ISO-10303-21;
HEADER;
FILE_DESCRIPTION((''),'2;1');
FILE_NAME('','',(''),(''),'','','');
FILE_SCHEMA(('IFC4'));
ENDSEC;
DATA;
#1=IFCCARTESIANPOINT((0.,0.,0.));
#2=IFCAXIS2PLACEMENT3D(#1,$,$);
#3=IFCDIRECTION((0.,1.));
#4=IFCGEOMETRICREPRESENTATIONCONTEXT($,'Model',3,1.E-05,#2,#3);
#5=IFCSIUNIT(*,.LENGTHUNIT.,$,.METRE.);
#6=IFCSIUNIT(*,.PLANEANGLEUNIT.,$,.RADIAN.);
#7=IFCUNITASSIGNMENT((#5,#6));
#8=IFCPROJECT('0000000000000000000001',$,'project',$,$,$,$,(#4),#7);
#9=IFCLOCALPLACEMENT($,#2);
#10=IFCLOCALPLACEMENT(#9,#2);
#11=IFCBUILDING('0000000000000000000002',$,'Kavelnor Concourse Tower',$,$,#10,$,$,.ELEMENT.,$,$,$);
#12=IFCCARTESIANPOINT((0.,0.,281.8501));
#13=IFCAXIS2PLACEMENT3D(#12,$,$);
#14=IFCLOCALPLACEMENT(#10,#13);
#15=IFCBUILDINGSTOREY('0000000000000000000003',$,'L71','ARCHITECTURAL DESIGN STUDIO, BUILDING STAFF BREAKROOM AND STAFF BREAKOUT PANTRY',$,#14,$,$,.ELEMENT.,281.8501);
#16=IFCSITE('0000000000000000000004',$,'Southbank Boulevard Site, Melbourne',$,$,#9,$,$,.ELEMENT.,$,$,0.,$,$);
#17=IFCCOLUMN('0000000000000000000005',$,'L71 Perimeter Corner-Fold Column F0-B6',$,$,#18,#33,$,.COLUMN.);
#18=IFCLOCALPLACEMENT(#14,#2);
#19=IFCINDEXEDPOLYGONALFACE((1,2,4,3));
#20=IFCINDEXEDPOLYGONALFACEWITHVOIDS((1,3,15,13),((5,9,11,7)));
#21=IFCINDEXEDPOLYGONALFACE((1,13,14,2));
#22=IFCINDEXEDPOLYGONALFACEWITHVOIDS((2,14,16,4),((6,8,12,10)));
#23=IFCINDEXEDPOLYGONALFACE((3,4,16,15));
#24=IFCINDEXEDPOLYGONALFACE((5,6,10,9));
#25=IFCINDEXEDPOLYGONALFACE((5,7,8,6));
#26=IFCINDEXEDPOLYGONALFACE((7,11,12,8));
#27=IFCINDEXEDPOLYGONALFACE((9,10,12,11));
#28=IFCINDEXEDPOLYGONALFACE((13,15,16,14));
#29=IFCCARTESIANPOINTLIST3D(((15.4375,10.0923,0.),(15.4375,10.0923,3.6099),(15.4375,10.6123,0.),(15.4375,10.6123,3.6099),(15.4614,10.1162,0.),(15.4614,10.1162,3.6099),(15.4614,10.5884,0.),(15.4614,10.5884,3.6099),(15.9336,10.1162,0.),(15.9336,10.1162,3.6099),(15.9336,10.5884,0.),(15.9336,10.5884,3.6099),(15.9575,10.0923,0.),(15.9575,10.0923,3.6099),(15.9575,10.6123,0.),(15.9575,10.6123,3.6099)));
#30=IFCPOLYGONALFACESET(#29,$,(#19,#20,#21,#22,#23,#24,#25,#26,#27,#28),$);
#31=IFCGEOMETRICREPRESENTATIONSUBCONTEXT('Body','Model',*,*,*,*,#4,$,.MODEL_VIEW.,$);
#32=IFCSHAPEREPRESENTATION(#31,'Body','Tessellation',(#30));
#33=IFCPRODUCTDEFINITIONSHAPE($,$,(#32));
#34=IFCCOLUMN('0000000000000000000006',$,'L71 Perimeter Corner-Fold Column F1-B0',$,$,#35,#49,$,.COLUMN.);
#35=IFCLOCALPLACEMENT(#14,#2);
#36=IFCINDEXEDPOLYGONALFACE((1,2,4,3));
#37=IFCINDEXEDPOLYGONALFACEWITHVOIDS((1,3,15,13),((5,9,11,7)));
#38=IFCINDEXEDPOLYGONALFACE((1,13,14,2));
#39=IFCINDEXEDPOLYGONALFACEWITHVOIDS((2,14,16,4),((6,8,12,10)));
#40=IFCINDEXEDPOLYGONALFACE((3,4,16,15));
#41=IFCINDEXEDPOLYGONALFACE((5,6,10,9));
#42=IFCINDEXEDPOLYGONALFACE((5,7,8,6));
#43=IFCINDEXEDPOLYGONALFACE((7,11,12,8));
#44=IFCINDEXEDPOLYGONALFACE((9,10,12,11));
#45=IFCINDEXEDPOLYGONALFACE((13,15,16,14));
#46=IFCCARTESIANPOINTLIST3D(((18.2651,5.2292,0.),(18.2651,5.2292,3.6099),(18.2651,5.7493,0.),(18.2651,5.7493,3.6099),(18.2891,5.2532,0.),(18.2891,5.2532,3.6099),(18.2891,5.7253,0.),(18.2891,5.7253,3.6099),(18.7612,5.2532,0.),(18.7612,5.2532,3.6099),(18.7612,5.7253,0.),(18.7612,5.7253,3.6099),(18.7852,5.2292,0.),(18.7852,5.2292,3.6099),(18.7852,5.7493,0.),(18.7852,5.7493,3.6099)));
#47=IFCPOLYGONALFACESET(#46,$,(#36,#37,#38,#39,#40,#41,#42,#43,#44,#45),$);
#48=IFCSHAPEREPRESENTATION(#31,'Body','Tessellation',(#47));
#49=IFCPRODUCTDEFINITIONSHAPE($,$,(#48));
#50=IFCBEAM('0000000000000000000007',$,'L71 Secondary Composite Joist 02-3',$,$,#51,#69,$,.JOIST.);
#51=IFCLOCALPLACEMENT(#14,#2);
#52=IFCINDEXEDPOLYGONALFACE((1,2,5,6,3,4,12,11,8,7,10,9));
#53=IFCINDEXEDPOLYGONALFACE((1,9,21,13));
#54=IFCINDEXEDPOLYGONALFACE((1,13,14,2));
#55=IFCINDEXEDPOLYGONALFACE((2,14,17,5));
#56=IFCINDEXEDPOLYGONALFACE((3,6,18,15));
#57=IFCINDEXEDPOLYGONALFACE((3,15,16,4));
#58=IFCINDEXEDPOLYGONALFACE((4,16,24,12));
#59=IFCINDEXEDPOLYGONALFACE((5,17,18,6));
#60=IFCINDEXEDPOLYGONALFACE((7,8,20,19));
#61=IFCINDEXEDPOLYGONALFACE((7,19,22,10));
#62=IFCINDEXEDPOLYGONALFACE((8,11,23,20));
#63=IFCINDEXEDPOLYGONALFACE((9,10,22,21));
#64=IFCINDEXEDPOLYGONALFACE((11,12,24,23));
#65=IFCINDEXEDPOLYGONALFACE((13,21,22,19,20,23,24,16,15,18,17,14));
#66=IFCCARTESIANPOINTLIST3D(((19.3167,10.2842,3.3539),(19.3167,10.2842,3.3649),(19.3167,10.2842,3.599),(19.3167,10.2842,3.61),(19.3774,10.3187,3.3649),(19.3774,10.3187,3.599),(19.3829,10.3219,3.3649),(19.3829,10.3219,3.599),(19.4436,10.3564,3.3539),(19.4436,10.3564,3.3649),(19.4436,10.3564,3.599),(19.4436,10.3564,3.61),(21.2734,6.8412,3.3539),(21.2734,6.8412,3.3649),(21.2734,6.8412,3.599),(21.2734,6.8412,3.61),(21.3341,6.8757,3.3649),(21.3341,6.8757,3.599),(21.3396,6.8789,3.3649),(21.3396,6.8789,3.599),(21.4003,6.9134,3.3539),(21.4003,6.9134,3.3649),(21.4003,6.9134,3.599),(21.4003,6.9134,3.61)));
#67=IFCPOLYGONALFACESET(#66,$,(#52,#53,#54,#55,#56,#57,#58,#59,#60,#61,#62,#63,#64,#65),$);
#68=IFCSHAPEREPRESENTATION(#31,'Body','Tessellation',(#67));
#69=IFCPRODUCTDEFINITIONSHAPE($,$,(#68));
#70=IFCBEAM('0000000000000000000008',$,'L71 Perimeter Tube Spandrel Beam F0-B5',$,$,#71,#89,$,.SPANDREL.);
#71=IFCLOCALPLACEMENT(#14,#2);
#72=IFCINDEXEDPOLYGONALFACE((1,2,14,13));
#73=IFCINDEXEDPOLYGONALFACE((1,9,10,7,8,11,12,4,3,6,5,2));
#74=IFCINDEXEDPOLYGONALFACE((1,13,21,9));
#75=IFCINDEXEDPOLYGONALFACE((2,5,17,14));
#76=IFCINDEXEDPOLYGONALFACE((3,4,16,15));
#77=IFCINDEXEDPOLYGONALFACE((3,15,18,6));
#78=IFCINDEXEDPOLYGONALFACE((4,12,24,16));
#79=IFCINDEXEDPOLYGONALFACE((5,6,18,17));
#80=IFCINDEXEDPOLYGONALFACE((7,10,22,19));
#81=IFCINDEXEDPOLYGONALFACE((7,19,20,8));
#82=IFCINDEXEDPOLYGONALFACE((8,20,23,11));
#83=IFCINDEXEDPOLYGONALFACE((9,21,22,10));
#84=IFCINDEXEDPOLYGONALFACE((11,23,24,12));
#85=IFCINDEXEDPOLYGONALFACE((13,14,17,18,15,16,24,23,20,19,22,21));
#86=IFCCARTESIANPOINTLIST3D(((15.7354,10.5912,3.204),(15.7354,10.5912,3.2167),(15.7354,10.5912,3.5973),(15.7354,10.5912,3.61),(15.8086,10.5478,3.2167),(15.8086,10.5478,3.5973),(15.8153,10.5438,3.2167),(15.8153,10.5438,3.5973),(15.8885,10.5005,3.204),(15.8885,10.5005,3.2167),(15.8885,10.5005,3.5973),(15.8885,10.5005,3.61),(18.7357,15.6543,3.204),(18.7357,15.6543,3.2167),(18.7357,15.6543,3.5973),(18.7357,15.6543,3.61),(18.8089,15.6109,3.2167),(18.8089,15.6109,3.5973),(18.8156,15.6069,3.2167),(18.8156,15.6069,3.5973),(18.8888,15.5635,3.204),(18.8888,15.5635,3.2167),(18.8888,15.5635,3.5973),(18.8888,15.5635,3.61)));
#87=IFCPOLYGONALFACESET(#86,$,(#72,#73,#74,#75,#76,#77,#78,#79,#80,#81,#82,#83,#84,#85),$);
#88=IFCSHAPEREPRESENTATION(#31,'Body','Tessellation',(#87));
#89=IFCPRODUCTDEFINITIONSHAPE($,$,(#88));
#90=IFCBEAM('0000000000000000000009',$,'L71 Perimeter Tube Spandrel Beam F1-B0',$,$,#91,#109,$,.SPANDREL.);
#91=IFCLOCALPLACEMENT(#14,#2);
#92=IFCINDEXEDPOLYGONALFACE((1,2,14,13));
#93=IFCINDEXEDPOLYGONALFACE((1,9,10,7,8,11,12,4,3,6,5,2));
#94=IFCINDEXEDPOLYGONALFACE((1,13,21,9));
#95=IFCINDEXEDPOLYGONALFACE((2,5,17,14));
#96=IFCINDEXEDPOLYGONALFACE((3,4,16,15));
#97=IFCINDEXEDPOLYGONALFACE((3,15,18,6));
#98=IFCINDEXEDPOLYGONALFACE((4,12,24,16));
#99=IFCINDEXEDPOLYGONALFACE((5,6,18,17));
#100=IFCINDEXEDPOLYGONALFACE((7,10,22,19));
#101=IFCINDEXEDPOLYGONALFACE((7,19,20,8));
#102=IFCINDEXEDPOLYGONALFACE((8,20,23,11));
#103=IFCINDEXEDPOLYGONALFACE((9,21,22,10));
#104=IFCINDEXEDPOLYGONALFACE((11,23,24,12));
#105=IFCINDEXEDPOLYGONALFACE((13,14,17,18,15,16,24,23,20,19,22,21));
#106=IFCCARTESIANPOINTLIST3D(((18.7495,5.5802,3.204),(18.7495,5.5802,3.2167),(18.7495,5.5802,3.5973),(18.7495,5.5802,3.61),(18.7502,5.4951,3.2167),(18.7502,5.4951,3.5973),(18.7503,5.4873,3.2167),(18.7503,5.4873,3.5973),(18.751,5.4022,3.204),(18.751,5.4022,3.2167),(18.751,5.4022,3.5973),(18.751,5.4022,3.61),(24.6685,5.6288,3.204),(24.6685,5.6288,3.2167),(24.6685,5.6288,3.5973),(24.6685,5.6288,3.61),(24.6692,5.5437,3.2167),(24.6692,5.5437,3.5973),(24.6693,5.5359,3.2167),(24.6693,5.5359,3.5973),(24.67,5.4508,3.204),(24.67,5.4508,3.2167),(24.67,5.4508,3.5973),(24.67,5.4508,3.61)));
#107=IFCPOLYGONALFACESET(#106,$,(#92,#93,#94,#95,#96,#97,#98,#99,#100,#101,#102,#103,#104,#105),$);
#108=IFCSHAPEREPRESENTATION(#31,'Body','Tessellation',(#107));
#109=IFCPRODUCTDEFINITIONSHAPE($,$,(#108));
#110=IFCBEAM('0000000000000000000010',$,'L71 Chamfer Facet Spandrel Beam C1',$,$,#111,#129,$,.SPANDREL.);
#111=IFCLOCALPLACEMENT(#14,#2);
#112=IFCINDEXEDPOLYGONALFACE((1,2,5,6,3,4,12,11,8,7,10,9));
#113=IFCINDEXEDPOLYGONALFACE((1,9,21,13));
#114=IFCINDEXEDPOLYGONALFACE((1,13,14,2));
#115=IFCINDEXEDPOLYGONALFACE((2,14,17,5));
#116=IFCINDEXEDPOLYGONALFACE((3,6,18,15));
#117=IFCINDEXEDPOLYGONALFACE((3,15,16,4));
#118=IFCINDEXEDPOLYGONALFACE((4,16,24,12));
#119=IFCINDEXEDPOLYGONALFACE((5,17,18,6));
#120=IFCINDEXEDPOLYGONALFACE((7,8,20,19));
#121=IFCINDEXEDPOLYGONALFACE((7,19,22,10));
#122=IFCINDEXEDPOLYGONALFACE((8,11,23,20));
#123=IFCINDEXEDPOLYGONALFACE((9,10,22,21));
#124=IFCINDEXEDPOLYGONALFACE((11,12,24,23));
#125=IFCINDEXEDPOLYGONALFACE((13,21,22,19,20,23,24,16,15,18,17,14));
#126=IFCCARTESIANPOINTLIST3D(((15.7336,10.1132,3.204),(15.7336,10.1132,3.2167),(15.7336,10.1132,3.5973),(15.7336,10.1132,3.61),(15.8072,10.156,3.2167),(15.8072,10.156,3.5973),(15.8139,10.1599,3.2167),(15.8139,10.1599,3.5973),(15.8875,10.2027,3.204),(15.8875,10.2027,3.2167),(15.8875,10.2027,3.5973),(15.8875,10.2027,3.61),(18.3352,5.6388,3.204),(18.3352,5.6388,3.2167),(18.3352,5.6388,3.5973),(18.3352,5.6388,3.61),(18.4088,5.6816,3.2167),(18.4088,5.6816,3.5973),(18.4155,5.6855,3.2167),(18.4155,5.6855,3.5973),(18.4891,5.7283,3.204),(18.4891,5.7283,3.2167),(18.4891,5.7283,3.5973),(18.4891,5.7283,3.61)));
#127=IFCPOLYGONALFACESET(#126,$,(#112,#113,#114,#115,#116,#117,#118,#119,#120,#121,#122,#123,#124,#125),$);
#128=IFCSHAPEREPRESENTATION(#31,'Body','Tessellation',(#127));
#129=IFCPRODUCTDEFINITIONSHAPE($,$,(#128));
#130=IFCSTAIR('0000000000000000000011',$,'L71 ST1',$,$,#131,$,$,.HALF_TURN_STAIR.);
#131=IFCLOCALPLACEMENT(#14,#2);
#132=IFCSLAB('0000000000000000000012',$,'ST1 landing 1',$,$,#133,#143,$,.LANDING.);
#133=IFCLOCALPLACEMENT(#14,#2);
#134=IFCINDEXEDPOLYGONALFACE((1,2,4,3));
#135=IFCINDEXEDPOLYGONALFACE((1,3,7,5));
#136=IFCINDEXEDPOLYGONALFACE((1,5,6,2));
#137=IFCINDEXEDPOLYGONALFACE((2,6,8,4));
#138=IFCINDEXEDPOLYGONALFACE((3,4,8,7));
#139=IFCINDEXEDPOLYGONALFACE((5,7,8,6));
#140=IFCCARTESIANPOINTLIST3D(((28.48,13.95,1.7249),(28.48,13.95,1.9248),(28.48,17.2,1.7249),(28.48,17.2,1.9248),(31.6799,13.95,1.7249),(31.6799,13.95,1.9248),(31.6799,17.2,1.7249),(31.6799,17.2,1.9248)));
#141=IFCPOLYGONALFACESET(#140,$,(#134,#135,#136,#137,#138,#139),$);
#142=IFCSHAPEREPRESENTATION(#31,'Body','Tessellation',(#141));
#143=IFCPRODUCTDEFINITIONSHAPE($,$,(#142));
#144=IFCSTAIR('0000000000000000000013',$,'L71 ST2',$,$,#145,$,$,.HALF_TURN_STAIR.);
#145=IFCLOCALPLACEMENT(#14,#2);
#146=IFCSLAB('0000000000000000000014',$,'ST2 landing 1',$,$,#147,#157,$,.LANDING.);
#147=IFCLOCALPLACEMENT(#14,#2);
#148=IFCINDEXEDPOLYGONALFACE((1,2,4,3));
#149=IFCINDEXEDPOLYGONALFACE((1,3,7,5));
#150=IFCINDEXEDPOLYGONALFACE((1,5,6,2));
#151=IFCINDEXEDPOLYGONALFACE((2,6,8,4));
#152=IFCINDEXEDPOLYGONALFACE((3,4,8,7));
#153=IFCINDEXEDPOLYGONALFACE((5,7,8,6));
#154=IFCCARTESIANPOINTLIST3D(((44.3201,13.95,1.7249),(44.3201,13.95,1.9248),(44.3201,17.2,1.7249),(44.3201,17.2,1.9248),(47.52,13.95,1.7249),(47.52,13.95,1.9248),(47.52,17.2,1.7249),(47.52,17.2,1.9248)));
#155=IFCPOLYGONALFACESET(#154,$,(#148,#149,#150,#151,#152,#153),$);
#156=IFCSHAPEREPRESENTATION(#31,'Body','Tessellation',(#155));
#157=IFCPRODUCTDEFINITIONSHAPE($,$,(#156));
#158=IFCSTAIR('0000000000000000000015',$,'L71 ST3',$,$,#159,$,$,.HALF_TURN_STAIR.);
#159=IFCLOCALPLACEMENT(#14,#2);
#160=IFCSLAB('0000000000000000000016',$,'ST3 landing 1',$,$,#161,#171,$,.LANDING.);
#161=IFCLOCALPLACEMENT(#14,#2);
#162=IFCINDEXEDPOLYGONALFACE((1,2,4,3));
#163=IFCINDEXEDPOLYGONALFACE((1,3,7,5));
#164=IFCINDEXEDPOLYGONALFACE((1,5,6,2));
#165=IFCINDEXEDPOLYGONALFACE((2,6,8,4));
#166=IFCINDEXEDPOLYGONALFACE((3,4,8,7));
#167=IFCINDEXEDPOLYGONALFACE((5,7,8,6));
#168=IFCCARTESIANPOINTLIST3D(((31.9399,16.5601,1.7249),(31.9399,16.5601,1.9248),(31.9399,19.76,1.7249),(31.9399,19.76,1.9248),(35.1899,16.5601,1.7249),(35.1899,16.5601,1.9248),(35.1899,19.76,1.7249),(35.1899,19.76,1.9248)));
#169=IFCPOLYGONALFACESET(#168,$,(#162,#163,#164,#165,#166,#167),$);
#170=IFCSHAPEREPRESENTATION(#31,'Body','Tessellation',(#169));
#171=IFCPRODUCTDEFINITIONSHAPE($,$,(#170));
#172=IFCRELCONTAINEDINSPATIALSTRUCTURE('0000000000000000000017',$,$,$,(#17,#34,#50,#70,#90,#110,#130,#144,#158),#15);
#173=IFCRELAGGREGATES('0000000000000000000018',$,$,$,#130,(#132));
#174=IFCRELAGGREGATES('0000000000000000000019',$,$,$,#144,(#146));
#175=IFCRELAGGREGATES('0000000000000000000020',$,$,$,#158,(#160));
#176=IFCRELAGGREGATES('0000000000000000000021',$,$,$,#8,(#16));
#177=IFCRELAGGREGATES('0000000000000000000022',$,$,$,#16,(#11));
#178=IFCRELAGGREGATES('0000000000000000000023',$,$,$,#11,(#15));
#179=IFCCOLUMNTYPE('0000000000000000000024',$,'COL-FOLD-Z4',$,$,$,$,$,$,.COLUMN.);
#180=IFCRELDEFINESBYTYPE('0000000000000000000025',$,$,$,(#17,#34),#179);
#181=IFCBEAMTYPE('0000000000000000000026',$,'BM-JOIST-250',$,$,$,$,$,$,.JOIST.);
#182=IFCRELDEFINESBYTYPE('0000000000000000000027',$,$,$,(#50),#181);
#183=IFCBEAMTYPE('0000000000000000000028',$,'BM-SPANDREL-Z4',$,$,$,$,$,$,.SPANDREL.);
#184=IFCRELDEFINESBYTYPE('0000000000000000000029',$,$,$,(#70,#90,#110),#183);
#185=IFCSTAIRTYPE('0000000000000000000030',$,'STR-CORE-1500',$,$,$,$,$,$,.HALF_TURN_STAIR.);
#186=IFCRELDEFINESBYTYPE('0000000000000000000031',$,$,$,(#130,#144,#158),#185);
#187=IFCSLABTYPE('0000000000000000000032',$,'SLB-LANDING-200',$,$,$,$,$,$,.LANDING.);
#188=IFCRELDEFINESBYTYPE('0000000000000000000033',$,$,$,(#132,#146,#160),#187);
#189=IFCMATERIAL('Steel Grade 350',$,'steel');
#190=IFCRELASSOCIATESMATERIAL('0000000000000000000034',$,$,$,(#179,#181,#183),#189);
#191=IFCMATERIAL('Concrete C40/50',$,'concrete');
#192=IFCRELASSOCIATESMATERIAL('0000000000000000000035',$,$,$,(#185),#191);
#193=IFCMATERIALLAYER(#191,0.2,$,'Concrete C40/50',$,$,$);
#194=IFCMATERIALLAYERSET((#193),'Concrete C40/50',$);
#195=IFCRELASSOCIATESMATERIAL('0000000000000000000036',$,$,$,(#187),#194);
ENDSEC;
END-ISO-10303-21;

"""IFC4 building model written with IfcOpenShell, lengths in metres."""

from ifc_helpers import new_model, si_unit, direction, frame, origin, origin_2d, place, context, subcontext, project, spatial, polyline, hollow_rectangle, i_section, outline, extrude, material, layer, layer_set, material_profile, profile_set, type_object, element, aggregate, save


model = new_model("IFC4")

# Units and contexts
model_context = context("Model", 3, precision=1e-05, world=origin(), true_north=direction((0.0, 1.0)))
body_context = subcontext(model_context, "Body", "Model", "MODEL_VIEW")
ifc_project = project(units=[si_unit("LENGTHUNIT", "METRE"), si_unit("PLANEANGLEUNIT", "RADIAN")], contexts=[model_context])

# Site, building, storey
site_placement = place(None, origin())
site = spatial("IfcSite", under=ifc_project, at=site_placement, Name="Southbank Boulevard Site, Melbourne", CompositionType="ELEMENT", RefElevation=0.0)
building_placement = place(site_placement, origin())
building = spatial("IfcBuilding", under=site, at=building_placement, Name="Kavelnor Concourse Tower", CompositionType="ELEMENT")
storey_placement = place(building_placement, frame((0.0, 0.0, 281.8501)))
storey = spatial("IfcBuildingStorey", under=building, at=storey_placement, Name="L71", Description="ARCHITECTURAL DESIGN STUDIO, BUILDING STAFF BREAKROOM AND STAFF BREAKOUT PANTRY", CompositionType="ELEMENT", Elevation=281.8501)

# Columns
ifc_material_1 = material(Name="Steel Grade 350", Category="steel")
ifc_material_profile_1 = material_profile(ifc_material_1, hollow_rectangle(XDim=0.52, YDim=0.52, WallThickness=0.0239, at=origin_2d()), Name="SHS 520x520x24")
ifc_profile_set_1 = profile_set([ifc_material_profile_1], Name="Steel Grade 350")
column_type = type_object("IfcColumnType", Name="COL-FOLD-Z4", PredefinedType="COLUMN", material=ifc_profile_set_1)
for number, where, z_axis, x_axis, name in (
    (1, (15.6975, 10.3523, 0.0), (0.0, 0.0, 1.0), (1.0, 0.0, 0.0), "L71 Perimeter Corner-Fold Column F0-B6"),
    (2, (18.5251, 5.4893, 0.0), (0.0, 0.0, 1.0), (1.0, 0.0, 0.0), "L71 Perimeter Corner-Fold Column F1-B0"),
):
    element("IfcColumn", number, at=place(storey_placement, frame(where, z_axis=z_axis, x_axis=x_axis)), inside=storey, type_object=column_type, Name=name, PredefinedType="COLUMN", context=body_context, shape_type="SweptSolid", body=[
        extrude(hollow_rectangle(XDim=0.52, YDim=0.52, WallThickness=0.0239, at=origin_2d()), origin(), (0.0, 0.0, 1.0), 3.6099),
    ])

# Beams
ifc_material_profile_2 = material_profile(ifc_material_1, i_section(OverallWidth=0.146, OverallDepth=0.2561, WebThickness=0.0063, FlangeThickness=0.011, at=origin_2d()), Name="250UB37")
ifc_profile_set_2 = profile_set([ifc_material_profile_2], Name="Steel Grade 350")
beam_type_1 = type_object("IfcBeamType", Name="BM-JOIST-250", PredefinedType="JOIST", material=ifc_profile_set_2)
beam_1_placement = place(storey_placement, frame((19.3801, 10.3203, 3.4819), z_axis=(0.494099, -0.869405, 0.0), x_axis=(0.869405, 0.494099, 0.0)))
element("IfcBeam", 3, at=beam_1_placement, inside=storey, type_object=beam_type_1, Name="L71 Secondary Composite Joist 02-3", PredefinedType="JOIST", context=body_context, shape_type="SweptSolid", body=[
    extrude(i_section(OverallWidth=0.146, OverallDepth=0.2561, WebThickness=0.0063, FlangeThickness=0.011, at=origin_2d()), origin(), (0.0, 0.0, 1.0), 3.9602),
])
ifc_material_profile_3 = material_profile(ifc_material_1, i_section(OverallWidth=0.178, OverallDepth=0.406, WebThickness=0.0078, FlangeThickness=0.0127, at=origin_2d()), Name="410UB59")
ifc_profile_set_3 = profile_set([ifc_material_profile_3], Name="Steel Grade 350")
beam_type_2 = type_object("IfcBeamType", Name="BM-SPANDREL-Z4", PredefinedType="SPANDREL", material=ifc_profile_set_3)
beam_2_placement = place(storey_placement, frame((18.8123, 15.6089, 3.407), z_axis=(-0.509797, -0.860295, 0.0), x_axis=(0.860295, -0.509797, 0.0)))
element("IfcBeam", 4, at=beam_2_placement, inside=storey, type_object=beam_type_2, Name="L71 Perimeter Tube Spandrel Beam F0-B5", PredefinedType="SPANDREL", context=body_context, shape_type="SweptSolid", body=[
    extrude(i_section(OverallWidth=0.178, OverallDepth=0.406, WebThickness=0.0078, FlangeThickness=0.0127, at=origin_2d()), origin(), (0.0, 0.0, 1.0), 5.8853),
])
beam_3_placement = place(storey_placement, frame((18.7502, 5.4912, 3.407), z_axis=(0.999966, 0.008208, 0.0), x_axis=(-0.008208, 0.999966, 0.0)))
element("IfcBeam", 5, at=beam_3_placement, inside=storey, type_object=beam_type_2, Name="L71 Perimeter Tube Spandrel Beam F1-B0", PredefinedType="SPANDREL", context=body_context, shape_type="SweptSolid", body=[
    extrude(i_section(OverallWidth=0.178, OverallDepth=0.406, WebThickness=0.0078, FlangeThickness=0.0127, at=origin_2d()), origin(), (0.0, 0.0, 1.0), 5.9192),
])
beam_4_placement = place(storey_placement, frame((15.8105, 10.158, 3.407), z_axis=(0.502648, -0.864491, 0.0), x_axis=(0.864491, 0.502648, 0.0)))
element("IfcBeam", 6, at=beam_4_placement, inside=storey, type_object=beam_type_2, Name="L71 Chamfer Facet Spandrel Beam C1", PredefinedType="SPANDREL", context=body_context, shape_type="SweptSolid", body=[
    extrude(i_section(OverallWidth=0.178, OverallDepth=0.406, WebThickness=0.0078, FlangeThickness=0.0127, at=origin_2d()), origin(), (0.0, 0.0, 1.0), 5.1758),
])

# Stairs, slabs
ifc_material_2 = material(Name="Concrete C40/50", Category="concrete")
stair_type = type_object("IfcStairType", Name="STR-CORE-1500", PredefinedType="HALF_TURN_STAIR", material=ifc_material_2)
stair_1_placement = place(storey_placement, origin())
stair_1 = element("IfcStair", 7, at=stair_1_placement, inside=storey, type_object=stair_type, Name="L71 ST1", PredefinedType="HALF_TURN_STAIR")
ifc_layer_1 = layer(ifc_material_2, 0.2, Name="Concrete C40/50")
ifc_layer_set_1 = layer_set([ifc_layer_1], Name="Concrete C40/50")
slab_type_1 = type_object("IfcSlabType", Name="SLB-LANDING-200", PredefinedType="LANDING", material=ifc_layer_set_1)
slab_1_placement = place(storey_placement, frame((0.0, 0.0, 1.7249)))
slab_1 = element("IfcSlab", 8, at=slab_1_placement, type_object=slab_type_1, Name="ST1 landing 1", PredefinedType="LANDING", context=body_context, shape_type="SweptSolid", body=[
    extrude(outline(polyline([(31.6799, 13.95), (31.6799, 17.2), (28.48, 17.2), (28.48, 13.95), (31.6799, 13.95)])), origin(), (0.0, 0.0, 1.0), 0.2),
])
aggregate(stair_1, [slab_1])
stair_2_placement = place(storey_placement, origin())
stair_2 = element("IfcStair", 9, at=stair_2_placement, inside=storey, type_object=stair_type, Name="L71 ST2", PredefinedType="HALF_TURN_STAIR")
slab_2_placement = place(storey_placement, frame((0.0, 0.0, 1.7249)))
slab_2 = element("IfcSlab", 10, at=slab_2_placement, type_object=slab_type_1, Name="ST2 landing 1", PredefinedType="LANDING", context=body_context, shape_type="SweptSolid", body=[
    extrude(outline(polyline([(47.52, 13.95), (47.52, 17.2), (44.3201, 17.2), (44.3201, 13.95), (47.52, 13.95)])), origin(), (0.0, 0.0, 1.0), 0.2),
])
aggregate(stair_2, [slab_2])
stair_3_placement = place(storey_placement, origin())
stair_3 = element("IfcStair", 11, at=stair_3_placement, inside=storey, type_object=stair_type, Name="L71 ST3", PredefinedType="HALF_TURN_STAIR")
slab_3_placement = place(storey_placement, frame((0.0, 0.0, 1.7249)))
slab_3 = element("IfcSlab", 12, at=slab_3_placement, type_object=slab_type_1, Name="ST3 landing 1", PredefinedType="LANDING", context=body_context, shape_type="SweptSolid", body=[
    extrude(outline(polyline([(35.1899, 19.76), (31.9399, 19.76), (31.9399, 16.5601), (35.1899, 16.5601), (35.1899, 19.76)])), origin(), (0.0, 0.0, 1.0), 0.2),
])
aggregate(stair_3, [slab_3])

save(model, "model.ifc")
